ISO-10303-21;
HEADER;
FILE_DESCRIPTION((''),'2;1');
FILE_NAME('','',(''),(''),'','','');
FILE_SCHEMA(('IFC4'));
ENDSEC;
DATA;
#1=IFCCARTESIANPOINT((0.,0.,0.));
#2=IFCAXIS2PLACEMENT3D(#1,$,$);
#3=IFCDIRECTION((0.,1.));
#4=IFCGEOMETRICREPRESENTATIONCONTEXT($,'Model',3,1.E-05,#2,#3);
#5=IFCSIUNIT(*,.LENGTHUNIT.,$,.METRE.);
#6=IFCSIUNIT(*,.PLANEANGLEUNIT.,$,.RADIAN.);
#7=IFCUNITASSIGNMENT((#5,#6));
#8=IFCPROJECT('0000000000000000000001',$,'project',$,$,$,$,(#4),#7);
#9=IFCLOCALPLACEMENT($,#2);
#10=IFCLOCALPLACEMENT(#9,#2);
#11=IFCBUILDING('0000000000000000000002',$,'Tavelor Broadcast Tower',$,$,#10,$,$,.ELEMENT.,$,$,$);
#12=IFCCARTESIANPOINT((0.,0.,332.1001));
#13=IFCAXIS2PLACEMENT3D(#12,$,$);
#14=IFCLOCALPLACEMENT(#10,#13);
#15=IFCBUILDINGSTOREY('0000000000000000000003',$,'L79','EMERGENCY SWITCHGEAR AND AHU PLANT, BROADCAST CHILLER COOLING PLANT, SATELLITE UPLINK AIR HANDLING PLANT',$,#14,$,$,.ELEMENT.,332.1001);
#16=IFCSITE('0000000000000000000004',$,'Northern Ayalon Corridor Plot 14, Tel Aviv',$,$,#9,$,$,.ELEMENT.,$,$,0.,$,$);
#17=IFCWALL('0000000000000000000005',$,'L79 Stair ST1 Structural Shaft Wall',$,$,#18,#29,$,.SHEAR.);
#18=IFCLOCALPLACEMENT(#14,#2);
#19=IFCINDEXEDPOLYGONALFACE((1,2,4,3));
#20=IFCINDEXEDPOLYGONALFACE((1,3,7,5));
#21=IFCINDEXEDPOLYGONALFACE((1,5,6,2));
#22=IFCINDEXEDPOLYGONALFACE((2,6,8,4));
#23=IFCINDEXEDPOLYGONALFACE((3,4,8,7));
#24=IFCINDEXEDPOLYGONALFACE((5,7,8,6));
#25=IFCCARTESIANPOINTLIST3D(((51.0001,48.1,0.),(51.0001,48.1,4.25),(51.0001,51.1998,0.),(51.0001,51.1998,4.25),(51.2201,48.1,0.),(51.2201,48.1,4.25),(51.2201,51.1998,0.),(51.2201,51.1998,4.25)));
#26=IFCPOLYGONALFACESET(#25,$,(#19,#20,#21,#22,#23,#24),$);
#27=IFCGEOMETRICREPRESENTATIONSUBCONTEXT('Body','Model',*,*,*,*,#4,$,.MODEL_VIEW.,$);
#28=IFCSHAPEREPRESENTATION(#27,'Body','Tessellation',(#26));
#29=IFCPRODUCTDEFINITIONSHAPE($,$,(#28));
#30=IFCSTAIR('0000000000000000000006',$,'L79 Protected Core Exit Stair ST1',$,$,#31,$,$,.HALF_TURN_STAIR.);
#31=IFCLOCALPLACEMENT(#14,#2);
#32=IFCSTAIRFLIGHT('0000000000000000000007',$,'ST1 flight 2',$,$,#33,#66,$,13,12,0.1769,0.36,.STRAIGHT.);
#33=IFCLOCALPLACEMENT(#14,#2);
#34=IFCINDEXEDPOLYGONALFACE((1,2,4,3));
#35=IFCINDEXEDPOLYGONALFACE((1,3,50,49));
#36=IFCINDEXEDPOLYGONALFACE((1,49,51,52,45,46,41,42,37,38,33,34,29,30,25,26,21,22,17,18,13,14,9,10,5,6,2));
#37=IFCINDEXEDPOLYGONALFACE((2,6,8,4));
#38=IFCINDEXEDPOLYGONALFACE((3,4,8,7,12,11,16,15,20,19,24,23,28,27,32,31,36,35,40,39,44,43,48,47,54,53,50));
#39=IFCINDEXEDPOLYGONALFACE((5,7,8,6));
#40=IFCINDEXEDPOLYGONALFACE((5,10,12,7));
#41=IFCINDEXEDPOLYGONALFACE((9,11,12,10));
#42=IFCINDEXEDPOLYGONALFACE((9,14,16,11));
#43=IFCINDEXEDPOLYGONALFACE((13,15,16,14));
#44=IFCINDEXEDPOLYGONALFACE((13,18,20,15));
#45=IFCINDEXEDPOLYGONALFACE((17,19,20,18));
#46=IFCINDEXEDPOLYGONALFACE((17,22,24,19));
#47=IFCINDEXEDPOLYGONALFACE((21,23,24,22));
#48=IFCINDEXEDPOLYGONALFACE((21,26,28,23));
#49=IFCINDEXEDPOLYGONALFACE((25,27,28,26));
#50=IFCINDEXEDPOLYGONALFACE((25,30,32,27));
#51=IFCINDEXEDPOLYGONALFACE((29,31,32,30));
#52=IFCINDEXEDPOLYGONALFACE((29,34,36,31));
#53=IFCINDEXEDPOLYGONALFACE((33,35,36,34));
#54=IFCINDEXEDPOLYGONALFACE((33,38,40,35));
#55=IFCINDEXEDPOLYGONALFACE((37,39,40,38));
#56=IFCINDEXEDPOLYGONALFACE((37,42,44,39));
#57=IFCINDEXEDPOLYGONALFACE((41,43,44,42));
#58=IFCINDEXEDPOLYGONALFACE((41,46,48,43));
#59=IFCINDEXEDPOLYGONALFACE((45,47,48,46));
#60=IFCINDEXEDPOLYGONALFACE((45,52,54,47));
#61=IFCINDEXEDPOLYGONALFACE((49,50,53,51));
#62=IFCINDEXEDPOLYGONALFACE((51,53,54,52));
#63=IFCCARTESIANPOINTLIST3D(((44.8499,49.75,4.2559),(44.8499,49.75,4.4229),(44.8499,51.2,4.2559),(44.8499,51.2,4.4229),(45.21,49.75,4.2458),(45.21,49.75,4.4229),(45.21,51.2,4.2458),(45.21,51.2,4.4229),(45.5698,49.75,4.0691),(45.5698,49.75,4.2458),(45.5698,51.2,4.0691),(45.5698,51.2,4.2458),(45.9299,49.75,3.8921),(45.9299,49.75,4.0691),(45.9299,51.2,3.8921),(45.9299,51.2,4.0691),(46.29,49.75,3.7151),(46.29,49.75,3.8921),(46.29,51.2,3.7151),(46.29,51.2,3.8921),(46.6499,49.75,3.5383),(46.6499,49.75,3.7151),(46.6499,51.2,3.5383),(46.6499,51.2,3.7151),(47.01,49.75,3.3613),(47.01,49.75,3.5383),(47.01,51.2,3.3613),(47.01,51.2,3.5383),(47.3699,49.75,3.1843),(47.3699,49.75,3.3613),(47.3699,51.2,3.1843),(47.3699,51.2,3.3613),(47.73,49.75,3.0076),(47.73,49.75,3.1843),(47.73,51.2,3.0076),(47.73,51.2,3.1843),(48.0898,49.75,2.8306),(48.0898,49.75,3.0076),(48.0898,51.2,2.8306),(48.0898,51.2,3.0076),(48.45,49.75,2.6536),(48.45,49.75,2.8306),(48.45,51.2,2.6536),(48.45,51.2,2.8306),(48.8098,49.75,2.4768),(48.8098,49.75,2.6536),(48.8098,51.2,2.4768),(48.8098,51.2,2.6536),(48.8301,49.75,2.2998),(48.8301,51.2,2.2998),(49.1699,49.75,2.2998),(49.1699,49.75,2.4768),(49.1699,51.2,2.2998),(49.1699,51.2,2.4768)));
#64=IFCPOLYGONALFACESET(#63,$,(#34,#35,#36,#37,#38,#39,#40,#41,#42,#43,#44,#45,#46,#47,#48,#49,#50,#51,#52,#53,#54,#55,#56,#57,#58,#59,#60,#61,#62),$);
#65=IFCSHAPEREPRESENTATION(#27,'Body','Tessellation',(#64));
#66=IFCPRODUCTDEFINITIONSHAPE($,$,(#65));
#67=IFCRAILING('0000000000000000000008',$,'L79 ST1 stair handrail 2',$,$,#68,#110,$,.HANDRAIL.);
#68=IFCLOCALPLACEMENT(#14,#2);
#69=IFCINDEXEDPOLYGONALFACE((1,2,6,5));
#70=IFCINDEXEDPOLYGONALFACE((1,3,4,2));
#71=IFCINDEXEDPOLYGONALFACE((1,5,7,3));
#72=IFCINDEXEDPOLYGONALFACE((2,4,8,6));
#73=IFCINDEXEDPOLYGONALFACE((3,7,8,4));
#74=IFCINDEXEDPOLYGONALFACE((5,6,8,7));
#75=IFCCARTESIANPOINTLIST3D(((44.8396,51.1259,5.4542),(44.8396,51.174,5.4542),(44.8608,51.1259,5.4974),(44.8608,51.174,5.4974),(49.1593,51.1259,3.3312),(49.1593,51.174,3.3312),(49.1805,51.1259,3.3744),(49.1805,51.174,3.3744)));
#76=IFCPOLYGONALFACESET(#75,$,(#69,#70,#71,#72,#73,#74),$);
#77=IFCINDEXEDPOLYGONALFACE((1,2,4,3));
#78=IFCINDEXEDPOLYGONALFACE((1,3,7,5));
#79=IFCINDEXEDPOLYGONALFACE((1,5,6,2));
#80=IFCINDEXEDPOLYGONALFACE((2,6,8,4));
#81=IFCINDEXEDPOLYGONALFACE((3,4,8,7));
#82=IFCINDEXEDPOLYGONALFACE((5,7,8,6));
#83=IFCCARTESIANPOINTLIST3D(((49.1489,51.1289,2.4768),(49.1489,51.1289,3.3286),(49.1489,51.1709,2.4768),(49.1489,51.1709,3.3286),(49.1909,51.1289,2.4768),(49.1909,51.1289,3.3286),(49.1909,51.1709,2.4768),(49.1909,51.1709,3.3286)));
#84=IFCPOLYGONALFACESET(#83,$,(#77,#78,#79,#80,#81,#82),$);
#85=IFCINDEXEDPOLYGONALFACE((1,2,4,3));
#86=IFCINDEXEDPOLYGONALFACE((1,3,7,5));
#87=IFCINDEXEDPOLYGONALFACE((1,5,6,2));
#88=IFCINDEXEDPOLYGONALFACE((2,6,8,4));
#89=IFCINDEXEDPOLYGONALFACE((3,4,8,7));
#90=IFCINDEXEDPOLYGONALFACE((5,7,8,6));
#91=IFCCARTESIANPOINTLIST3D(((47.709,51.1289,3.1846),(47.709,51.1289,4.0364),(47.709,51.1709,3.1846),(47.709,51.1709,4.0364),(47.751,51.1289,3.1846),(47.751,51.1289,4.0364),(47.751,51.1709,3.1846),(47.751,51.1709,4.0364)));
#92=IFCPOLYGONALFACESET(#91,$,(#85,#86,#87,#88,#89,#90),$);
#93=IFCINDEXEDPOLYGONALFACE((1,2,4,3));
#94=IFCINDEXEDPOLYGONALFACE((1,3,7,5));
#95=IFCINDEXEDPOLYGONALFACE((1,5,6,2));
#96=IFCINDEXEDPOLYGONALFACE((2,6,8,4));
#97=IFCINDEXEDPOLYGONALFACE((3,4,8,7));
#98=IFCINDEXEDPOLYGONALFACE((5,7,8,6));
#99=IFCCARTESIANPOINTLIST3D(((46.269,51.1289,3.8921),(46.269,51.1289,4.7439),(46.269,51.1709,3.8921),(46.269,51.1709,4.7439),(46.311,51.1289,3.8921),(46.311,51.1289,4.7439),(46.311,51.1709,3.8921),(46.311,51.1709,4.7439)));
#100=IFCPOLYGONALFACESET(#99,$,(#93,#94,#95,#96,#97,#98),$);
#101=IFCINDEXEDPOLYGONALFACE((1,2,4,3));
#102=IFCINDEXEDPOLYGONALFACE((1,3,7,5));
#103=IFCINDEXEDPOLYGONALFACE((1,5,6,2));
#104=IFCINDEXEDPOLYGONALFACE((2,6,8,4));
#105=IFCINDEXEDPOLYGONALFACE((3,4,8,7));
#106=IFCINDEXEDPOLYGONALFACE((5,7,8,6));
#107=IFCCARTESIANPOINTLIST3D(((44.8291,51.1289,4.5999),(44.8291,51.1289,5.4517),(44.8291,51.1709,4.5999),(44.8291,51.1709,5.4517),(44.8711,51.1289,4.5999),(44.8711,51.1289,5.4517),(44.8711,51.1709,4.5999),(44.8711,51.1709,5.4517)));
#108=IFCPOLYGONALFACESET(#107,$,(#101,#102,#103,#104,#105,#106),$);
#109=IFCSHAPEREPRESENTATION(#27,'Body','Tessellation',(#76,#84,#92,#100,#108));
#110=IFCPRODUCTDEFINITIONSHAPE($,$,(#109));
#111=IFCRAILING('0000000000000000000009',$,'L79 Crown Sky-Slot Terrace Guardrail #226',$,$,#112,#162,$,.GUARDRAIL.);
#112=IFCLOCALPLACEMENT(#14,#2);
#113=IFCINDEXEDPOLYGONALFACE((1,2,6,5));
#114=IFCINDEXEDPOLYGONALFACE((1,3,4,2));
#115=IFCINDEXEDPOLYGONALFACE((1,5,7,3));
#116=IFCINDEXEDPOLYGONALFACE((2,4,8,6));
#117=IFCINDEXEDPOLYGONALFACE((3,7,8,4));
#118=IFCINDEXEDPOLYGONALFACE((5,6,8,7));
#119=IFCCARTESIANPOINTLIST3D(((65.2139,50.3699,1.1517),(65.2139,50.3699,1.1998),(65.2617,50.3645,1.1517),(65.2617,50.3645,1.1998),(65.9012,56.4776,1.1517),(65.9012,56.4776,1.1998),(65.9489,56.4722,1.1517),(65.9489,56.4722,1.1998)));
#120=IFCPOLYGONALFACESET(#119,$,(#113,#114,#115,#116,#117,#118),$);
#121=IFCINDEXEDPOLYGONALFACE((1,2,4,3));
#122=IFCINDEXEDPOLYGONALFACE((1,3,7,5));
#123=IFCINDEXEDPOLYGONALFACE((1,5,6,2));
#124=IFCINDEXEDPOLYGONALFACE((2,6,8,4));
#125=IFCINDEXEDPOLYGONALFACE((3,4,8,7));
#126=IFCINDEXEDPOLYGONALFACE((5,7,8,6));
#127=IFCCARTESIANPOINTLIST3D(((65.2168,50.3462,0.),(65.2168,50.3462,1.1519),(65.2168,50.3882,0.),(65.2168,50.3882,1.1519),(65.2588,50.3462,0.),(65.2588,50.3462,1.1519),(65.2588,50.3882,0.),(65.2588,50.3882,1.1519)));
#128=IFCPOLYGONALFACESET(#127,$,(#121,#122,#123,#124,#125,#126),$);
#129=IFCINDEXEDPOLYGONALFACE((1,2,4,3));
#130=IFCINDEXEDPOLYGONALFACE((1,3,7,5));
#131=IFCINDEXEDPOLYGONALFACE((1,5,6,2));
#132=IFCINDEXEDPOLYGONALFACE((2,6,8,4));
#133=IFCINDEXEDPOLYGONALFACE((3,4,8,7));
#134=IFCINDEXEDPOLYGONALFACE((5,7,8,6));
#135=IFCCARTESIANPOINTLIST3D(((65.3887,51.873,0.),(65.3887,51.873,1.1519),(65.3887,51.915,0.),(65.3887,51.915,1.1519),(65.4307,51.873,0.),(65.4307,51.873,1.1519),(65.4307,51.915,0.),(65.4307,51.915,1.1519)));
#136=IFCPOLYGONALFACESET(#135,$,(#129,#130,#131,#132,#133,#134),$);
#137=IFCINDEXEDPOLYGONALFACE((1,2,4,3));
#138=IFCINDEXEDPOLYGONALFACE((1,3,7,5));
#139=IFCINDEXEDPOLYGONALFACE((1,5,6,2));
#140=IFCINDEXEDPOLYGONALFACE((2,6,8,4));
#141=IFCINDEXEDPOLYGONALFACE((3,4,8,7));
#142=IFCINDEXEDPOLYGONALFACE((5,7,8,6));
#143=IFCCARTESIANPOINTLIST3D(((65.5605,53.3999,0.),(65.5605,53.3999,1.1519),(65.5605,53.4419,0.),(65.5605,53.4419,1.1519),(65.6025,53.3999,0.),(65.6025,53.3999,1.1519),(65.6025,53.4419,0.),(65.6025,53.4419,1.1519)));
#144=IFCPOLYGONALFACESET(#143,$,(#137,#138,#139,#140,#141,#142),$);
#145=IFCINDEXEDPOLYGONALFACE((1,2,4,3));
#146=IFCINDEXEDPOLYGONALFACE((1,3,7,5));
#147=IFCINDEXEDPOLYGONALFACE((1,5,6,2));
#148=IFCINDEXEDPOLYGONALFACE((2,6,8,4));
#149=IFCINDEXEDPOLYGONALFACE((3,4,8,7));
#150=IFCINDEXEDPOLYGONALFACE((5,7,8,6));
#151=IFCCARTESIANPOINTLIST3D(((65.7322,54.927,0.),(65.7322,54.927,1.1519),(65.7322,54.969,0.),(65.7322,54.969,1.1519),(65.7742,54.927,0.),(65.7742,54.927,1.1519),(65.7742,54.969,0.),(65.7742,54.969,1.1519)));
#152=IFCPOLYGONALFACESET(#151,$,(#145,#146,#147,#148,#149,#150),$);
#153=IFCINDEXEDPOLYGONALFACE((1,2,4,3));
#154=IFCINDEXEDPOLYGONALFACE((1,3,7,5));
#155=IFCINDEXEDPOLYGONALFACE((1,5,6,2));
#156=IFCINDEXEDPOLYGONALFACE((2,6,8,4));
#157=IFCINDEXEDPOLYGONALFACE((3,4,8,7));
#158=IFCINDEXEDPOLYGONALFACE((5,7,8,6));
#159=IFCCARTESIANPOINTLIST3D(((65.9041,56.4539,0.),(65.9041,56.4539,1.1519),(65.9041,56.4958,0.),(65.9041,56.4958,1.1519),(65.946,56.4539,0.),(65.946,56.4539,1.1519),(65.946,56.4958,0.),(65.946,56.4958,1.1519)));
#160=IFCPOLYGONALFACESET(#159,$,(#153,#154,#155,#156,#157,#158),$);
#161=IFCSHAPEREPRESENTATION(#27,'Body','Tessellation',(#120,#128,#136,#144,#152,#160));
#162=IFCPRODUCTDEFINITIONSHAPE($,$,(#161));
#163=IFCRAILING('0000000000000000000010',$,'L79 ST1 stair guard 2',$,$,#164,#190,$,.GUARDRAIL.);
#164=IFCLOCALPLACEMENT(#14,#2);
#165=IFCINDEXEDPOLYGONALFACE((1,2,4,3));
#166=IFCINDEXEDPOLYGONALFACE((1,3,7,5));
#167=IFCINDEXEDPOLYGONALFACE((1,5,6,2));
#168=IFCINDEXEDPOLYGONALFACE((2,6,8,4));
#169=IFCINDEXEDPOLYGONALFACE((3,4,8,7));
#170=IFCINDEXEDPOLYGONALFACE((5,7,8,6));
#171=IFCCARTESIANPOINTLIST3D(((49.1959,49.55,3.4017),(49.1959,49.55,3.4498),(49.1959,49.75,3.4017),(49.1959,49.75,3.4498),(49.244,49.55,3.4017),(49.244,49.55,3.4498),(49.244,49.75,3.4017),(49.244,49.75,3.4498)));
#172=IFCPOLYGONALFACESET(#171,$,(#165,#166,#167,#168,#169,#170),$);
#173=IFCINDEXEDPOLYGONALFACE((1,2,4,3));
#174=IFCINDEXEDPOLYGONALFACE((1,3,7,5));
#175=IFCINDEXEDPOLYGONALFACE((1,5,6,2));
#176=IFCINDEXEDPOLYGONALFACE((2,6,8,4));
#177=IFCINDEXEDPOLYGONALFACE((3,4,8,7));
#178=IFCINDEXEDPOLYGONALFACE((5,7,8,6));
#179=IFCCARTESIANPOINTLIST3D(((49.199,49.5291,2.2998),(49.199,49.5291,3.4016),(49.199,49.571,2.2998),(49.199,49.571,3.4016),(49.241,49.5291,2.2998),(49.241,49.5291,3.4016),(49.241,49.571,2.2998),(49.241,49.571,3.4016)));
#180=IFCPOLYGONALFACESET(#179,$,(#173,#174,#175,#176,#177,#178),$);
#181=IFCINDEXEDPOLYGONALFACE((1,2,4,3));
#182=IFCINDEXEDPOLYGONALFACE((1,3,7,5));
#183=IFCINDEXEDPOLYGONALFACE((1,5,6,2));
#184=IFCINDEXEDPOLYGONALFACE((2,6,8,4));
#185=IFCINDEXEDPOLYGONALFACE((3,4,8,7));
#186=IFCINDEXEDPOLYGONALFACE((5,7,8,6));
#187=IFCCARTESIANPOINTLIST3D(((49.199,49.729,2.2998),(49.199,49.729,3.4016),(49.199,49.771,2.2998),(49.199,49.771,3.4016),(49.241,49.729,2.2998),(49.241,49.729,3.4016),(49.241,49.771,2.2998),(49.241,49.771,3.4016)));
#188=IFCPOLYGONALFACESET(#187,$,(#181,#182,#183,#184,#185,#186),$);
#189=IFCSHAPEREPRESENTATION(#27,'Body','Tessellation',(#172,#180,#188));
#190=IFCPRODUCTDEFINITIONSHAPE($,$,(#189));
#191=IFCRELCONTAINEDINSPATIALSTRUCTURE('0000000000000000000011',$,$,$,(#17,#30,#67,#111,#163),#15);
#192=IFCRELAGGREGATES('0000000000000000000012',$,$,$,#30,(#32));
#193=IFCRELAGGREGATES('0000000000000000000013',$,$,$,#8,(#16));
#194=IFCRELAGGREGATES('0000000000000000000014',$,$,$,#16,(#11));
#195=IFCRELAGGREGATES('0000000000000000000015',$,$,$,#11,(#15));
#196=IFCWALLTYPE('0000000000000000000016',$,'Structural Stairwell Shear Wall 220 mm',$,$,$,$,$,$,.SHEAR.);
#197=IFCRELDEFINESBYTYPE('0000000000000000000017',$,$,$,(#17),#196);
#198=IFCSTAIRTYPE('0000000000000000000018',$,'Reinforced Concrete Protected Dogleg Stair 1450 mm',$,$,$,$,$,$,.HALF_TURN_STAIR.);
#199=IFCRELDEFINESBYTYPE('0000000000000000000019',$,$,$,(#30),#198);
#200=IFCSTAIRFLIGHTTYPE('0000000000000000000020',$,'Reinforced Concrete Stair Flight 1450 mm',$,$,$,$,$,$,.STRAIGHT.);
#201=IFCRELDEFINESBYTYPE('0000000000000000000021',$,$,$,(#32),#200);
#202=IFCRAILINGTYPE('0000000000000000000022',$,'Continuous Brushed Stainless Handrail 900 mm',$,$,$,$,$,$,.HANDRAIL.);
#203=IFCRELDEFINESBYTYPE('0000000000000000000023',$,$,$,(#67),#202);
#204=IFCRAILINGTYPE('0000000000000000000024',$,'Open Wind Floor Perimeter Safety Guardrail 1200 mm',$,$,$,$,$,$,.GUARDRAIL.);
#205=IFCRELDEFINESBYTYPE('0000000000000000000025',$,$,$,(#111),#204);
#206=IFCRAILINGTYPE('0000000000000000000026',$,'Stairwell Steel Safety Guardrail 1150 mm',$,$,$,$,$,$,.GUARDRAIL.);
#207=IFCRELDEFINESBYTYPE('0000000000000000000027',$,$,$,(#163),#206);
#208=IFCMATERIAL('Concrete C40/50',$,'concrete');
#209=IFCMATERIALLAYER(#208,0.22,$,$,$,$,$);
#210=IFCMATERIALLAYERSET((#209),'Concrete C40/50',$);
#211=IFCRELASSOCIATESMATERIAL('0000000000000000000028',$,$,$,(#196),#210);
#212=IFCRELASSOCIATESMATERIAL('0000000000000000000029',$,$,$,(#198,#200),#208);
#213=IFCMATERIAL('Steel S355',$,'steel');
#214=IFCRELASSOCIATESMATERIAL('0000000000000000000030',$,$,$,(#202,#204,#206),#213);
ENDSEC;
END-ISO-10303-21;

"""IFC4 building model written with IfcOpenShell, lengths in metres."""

from ifc_helpers import new_model, si_unit, direction, frame, frame_2d, origin, origin_2d, place, context, subcontext, project, spatial, polyline, rectangle, outline, extrude, material, layer, layer_set, type_object, element, aggregate, save


model = new_model("IFC4")

# Units and contexts
model_context = context("Model", 3, precision=1e-05, world=origin(), true_north=direction((0.0, 1.0)))
body_context = subcontext(model_context, "Body", "Model", "MODEL_VIEW")
ifc_project = project(units=[si_unit("LENGTHUNIT", "METRE"), si_unit("PLANEANGLEUNIT", "RADIAN")], contexts=[model_context])

# Site, building, storey
site_placement = place(None, origin())
site = spatial("IfcSite", under=ifc_project, at=site_placement, Name="Northern Ayalon Corridor Plot 14, Tel Aviv", CompositionType="ELEMENT", RefElevation=0.0)
building_placement = place(site_placement, origin())
building = spatial("IfcBuilding", under=site, at=building_placement, Name="Tavelor Broadcast Tower", CompositionType="ELEMENT")
storey_placement = place(building_placement, frame((0.0, 0.0, 332.1001)))
storey = spatial("IfcBuildingStorey", under=building, at=storey_placement, Name="L79", Description="EMERGENCY SWITCHGEAR AND AHU PLANT, BROADCAST CHILLER COOLING PLANT, SATELLITE UPLINK AIR HANDLING PLANT", CompositionType="ELEMENT", Elevation=332.1001)

# Shared definitions
ifc_material_1 = material(Name="Concrete C40/50", Category="concrete")
ifc_material_2 = material(Name="Steel S355", Category="steel")

# Wall
ifc_layer_1 = layer(ifc_material_1, 0.22)
ifc_layer_set_1 = layer_set([ifc_layer_1], Name="Concrete C40/50")
wall_type_1 = type_object("IfcWallType", Name="Structural Stairwell Shear Wall 220 mm", PredefinedType="SHEAR", material=ifc_layer_set_1)
wall_1_placement = place(storey_placement, frame((51.1101, 48.1001, 0.0), z_axis=(0.0, 0.0, 1.0), x_axis=(0.0, 1.0, 0.0)))
element("IfcWall", 1, at=wall_1_placement, inside=storey, type_object=wall_type_1, Name="L79 Stair ST1 Structural Shaft Wall", PredefinedType="SHEAR", context=body_context, shape_type="SweptSolid", body=[
    extrude(rectangle(XDim=3.0999, YDim=0.22, at=frame_2d((1.5498, 0.0))), origin(), (0.0, 0.0, 1.0), 4.25),
])

# Stair, stair flight
stair_type = type_object("IfcStairType", Name="Reinforced Concrete Protected Dogleg Stair 1450 mm", PredefinedType="HALF_TURN_STAIR", material=ifc_material_1)
stair_placement = place(storey_placement, origin())
stair = element("IfcStair", 2, at=stair_placement, inside=storey, type_object=stair_type, Name="L79 Protected Core Exit Stair ST1", PredefinedType="HALF_TURN_STAIR")
stair_flight_type = type_object("IfcStairFlightType", Name="Reinforced Concrete Stair Flight 1450 mm", PredefinedType="STRAIGHT", material=ifc_material_1)
stair_flight_placement = place(storey_placement, frame((49.1699, 50.4751, 2.2998), z_axis=(0.0, 0.0, 1.0), x_axis=(-1.0, 0.0, 0.0)))
stair_flight = element("IfcStairFlight", 3, at=stair_flight_placement, type_object=stair_flight_type, Name="ST1 flight 2", NumberOfRisers=13, NumberOfTreads=12, PredefinedType="STRAIGHT", RiserHeight=0.1769, TreadLength=0.36, context=body_context, shape_type="SweptSolid", body=[
    extrude(outline(polyline([(0.0, 0.0), (0.0, 0.177), (0.3601, 0.177), (0.3601, 0.3538), (0.72, 0.3538), (0.72, 0.5308), (1.0801, 0.5308), (1.0801, 0.7078), (1.4399, 0.7078), (1.4399, 0.8845), (1.8, 0.8845), (1.8, 1.0615), (2.1599, 1.0615), (2.1599, 1.2385), (2.52, 1.2385), (2.52, 1.4153), (2.8799, 1.4153), (2.8799, 1.5923), (3.24, 1.5923), (3.24, 1.7693), (3.6001, 1.7693), (3.6001, 1.946), (3.96, 1.946), (3.96, 2.123), (4.3201, 2.123), (4.3201, 2.3), (4.3201, 1.9561), (0.3398, 0.0), (0.0, 0.0)])), frame((0.0, 0.7251, 0.0), z_axis=(0.0, -1.0, 0.0), x_axis=(1.0, 0.0, 0.0)), (0.0, 0.0, 1.0), 1.45),
])
aggregate(stair, [stair_flight])

# Railings
railing_type_1 = type_object("IfcRailingType", Name="Continuous Brushed Stainless Handrail 900 mm", PredefinedType="HANDRAIL", material=ifc_material_2)
railing_1_placement = place(storey_placement, frame((49.1699, 51.1499, 2.4768)))
element("IfcRailing", 4, at=railing_1_placement, inside=storey, type_object=railing_type_1, Name="L79 ST1 stair handrail 2", PredefinedType="HANDRAIL", context=body_context, shape_type="SweptSolid", body=[
    extrude(rectangle(XDim=0.0481, YDim=0.0481, at=origin_2d()), frame((0.0, 0.0, 0.876), z_axis=(-0.89747, 0.0, 0.441076), x_axis=(0.0, -1.0, 0.0)), (0.0, 0.0, 1.0), 4.8132),
    extrude(rectangle(XDim=0.042, YDim=0.042, at=origin_2d()), origin(), (0.0, 0.0, 1.0), 0.8518),
    extrude(rectangle(XDim=0.042, YDim=0.042, at=origin_2d()), frame((-1.4399, 0.0, 0.7078)), (0.0, 0.0, 1.0), 0.8518),
    extrude(rectangle(XDim=0.042, YDim=0.042, at=origin_2d()), frame((-2.8799, 0.0, 1.4153)), (0.0, 0.0, 1.0), 0.8518),
    extrude(rectangle(XDim=0.042, YDim=0.042, at=origin_2d()), frame((-4.3198, 0.0, 2.123)), (0.0, 0.0, 1.0), 0.8518),
])
railing_type_2 = type_object("IfcRailingType", Name="Open Wind Floor Perimeter Safety Guardrail 1200 mm", PredefinedType="GUARDRAIL", material=ifc_material_2)
railing_2_placement = place(storey_placement, frame((65.2378, 50.3672, 0.0)))
element("IfcRailing", 5, at=railing_2_placement, inside=storey, type_object=railing_type_2, Name="L79 Crown Sky-Slot Terrace Guardrail #226", PredefinedType="GUARDRAIL", context=body_context, shape_type="SweptSolid", body=[
    extrude(rectangle(XDim=0.0481, YDim=0.0481, at=origin_2d()), frame((0.0, 0.0, 1.1758), z_axis=(0.111818, 0.993729, 0.0), x_axis=(-0.993729, 0.111818, 0.0)), (0.0, 0.0, 1.0), 6.1462),
    extrude(rectangle(XDim=0.042, YDim=0.042, at=origin_2d()), origin(), (0.0, 0.0, 1.0), 1.1519),
    extrude(rectangle(XDim=0.042, YDim=0.042, at=origin_2d()), frame((0.1719, 1.5269, 0.0)), (0.0, 0.0, 1.0), 1.1519),
    extrude(rectangle(XDim=0.042, YDim=0.042, at=origin_2d()), frame((0.3438, 3.0537, 0.0)), (0.0, 0.0, 1.0), 1.1519),
    extrude(rectangle(XDim=0.042, YDim=0.042, at=origin_2d()), frame((0.5154, 4.5808, 0.0)), (0.0, 0.0, 1.0), 1.1519),
    extrude(rectangle(XDim=0.042, YDim=0.042, at=origin_2d()), frame((0.6873, 6.1077, 0.0)), (0.0, 0.0, 1.0), 1.1519),
])
railing_type_3 = type_object("IfcRailingType", Name="Stairwell Steel Safety Guardrail 1150 mm", PredefinedType="GUARDRAIL", material=ifc_material_2)
railing_3_placement = place(storey_placement, frame((49.22, 49.55, 2.2998)))
element("IfcRailing", 6, at=railing_3_placement, inside=storey, type_object=railing_type_3, Name="L79 ST1 stair guard 2", PredefinedType="GUARDRAIL", context=body_context, shape_type="SweptSolid", body=[
    extrude(rectangle(XDim=0.0481, YDim=0.0481, at=origin_2d()), frame((0.0, 0.0, 1.126), z_axis=(0.0, 1.0, 0.0), x_axis=(-1.0, 0.0, 0.0)), (0.0, 0.0, 1.0), 0.2),
    extrude(rectangle(XDim=0.042, YDim=0.042, at=origin_2d()), origin(), (0.0, 0.0, 1.0), 1.1018),
    extrude(rectangle(XDim=0.042, YDim=0.042, at=origin_2d()), frame((0.0, 0.2, 0.0)), (0.0, 0.0, 1.0), 1.1018),
])

save(model, "model.ifc")
